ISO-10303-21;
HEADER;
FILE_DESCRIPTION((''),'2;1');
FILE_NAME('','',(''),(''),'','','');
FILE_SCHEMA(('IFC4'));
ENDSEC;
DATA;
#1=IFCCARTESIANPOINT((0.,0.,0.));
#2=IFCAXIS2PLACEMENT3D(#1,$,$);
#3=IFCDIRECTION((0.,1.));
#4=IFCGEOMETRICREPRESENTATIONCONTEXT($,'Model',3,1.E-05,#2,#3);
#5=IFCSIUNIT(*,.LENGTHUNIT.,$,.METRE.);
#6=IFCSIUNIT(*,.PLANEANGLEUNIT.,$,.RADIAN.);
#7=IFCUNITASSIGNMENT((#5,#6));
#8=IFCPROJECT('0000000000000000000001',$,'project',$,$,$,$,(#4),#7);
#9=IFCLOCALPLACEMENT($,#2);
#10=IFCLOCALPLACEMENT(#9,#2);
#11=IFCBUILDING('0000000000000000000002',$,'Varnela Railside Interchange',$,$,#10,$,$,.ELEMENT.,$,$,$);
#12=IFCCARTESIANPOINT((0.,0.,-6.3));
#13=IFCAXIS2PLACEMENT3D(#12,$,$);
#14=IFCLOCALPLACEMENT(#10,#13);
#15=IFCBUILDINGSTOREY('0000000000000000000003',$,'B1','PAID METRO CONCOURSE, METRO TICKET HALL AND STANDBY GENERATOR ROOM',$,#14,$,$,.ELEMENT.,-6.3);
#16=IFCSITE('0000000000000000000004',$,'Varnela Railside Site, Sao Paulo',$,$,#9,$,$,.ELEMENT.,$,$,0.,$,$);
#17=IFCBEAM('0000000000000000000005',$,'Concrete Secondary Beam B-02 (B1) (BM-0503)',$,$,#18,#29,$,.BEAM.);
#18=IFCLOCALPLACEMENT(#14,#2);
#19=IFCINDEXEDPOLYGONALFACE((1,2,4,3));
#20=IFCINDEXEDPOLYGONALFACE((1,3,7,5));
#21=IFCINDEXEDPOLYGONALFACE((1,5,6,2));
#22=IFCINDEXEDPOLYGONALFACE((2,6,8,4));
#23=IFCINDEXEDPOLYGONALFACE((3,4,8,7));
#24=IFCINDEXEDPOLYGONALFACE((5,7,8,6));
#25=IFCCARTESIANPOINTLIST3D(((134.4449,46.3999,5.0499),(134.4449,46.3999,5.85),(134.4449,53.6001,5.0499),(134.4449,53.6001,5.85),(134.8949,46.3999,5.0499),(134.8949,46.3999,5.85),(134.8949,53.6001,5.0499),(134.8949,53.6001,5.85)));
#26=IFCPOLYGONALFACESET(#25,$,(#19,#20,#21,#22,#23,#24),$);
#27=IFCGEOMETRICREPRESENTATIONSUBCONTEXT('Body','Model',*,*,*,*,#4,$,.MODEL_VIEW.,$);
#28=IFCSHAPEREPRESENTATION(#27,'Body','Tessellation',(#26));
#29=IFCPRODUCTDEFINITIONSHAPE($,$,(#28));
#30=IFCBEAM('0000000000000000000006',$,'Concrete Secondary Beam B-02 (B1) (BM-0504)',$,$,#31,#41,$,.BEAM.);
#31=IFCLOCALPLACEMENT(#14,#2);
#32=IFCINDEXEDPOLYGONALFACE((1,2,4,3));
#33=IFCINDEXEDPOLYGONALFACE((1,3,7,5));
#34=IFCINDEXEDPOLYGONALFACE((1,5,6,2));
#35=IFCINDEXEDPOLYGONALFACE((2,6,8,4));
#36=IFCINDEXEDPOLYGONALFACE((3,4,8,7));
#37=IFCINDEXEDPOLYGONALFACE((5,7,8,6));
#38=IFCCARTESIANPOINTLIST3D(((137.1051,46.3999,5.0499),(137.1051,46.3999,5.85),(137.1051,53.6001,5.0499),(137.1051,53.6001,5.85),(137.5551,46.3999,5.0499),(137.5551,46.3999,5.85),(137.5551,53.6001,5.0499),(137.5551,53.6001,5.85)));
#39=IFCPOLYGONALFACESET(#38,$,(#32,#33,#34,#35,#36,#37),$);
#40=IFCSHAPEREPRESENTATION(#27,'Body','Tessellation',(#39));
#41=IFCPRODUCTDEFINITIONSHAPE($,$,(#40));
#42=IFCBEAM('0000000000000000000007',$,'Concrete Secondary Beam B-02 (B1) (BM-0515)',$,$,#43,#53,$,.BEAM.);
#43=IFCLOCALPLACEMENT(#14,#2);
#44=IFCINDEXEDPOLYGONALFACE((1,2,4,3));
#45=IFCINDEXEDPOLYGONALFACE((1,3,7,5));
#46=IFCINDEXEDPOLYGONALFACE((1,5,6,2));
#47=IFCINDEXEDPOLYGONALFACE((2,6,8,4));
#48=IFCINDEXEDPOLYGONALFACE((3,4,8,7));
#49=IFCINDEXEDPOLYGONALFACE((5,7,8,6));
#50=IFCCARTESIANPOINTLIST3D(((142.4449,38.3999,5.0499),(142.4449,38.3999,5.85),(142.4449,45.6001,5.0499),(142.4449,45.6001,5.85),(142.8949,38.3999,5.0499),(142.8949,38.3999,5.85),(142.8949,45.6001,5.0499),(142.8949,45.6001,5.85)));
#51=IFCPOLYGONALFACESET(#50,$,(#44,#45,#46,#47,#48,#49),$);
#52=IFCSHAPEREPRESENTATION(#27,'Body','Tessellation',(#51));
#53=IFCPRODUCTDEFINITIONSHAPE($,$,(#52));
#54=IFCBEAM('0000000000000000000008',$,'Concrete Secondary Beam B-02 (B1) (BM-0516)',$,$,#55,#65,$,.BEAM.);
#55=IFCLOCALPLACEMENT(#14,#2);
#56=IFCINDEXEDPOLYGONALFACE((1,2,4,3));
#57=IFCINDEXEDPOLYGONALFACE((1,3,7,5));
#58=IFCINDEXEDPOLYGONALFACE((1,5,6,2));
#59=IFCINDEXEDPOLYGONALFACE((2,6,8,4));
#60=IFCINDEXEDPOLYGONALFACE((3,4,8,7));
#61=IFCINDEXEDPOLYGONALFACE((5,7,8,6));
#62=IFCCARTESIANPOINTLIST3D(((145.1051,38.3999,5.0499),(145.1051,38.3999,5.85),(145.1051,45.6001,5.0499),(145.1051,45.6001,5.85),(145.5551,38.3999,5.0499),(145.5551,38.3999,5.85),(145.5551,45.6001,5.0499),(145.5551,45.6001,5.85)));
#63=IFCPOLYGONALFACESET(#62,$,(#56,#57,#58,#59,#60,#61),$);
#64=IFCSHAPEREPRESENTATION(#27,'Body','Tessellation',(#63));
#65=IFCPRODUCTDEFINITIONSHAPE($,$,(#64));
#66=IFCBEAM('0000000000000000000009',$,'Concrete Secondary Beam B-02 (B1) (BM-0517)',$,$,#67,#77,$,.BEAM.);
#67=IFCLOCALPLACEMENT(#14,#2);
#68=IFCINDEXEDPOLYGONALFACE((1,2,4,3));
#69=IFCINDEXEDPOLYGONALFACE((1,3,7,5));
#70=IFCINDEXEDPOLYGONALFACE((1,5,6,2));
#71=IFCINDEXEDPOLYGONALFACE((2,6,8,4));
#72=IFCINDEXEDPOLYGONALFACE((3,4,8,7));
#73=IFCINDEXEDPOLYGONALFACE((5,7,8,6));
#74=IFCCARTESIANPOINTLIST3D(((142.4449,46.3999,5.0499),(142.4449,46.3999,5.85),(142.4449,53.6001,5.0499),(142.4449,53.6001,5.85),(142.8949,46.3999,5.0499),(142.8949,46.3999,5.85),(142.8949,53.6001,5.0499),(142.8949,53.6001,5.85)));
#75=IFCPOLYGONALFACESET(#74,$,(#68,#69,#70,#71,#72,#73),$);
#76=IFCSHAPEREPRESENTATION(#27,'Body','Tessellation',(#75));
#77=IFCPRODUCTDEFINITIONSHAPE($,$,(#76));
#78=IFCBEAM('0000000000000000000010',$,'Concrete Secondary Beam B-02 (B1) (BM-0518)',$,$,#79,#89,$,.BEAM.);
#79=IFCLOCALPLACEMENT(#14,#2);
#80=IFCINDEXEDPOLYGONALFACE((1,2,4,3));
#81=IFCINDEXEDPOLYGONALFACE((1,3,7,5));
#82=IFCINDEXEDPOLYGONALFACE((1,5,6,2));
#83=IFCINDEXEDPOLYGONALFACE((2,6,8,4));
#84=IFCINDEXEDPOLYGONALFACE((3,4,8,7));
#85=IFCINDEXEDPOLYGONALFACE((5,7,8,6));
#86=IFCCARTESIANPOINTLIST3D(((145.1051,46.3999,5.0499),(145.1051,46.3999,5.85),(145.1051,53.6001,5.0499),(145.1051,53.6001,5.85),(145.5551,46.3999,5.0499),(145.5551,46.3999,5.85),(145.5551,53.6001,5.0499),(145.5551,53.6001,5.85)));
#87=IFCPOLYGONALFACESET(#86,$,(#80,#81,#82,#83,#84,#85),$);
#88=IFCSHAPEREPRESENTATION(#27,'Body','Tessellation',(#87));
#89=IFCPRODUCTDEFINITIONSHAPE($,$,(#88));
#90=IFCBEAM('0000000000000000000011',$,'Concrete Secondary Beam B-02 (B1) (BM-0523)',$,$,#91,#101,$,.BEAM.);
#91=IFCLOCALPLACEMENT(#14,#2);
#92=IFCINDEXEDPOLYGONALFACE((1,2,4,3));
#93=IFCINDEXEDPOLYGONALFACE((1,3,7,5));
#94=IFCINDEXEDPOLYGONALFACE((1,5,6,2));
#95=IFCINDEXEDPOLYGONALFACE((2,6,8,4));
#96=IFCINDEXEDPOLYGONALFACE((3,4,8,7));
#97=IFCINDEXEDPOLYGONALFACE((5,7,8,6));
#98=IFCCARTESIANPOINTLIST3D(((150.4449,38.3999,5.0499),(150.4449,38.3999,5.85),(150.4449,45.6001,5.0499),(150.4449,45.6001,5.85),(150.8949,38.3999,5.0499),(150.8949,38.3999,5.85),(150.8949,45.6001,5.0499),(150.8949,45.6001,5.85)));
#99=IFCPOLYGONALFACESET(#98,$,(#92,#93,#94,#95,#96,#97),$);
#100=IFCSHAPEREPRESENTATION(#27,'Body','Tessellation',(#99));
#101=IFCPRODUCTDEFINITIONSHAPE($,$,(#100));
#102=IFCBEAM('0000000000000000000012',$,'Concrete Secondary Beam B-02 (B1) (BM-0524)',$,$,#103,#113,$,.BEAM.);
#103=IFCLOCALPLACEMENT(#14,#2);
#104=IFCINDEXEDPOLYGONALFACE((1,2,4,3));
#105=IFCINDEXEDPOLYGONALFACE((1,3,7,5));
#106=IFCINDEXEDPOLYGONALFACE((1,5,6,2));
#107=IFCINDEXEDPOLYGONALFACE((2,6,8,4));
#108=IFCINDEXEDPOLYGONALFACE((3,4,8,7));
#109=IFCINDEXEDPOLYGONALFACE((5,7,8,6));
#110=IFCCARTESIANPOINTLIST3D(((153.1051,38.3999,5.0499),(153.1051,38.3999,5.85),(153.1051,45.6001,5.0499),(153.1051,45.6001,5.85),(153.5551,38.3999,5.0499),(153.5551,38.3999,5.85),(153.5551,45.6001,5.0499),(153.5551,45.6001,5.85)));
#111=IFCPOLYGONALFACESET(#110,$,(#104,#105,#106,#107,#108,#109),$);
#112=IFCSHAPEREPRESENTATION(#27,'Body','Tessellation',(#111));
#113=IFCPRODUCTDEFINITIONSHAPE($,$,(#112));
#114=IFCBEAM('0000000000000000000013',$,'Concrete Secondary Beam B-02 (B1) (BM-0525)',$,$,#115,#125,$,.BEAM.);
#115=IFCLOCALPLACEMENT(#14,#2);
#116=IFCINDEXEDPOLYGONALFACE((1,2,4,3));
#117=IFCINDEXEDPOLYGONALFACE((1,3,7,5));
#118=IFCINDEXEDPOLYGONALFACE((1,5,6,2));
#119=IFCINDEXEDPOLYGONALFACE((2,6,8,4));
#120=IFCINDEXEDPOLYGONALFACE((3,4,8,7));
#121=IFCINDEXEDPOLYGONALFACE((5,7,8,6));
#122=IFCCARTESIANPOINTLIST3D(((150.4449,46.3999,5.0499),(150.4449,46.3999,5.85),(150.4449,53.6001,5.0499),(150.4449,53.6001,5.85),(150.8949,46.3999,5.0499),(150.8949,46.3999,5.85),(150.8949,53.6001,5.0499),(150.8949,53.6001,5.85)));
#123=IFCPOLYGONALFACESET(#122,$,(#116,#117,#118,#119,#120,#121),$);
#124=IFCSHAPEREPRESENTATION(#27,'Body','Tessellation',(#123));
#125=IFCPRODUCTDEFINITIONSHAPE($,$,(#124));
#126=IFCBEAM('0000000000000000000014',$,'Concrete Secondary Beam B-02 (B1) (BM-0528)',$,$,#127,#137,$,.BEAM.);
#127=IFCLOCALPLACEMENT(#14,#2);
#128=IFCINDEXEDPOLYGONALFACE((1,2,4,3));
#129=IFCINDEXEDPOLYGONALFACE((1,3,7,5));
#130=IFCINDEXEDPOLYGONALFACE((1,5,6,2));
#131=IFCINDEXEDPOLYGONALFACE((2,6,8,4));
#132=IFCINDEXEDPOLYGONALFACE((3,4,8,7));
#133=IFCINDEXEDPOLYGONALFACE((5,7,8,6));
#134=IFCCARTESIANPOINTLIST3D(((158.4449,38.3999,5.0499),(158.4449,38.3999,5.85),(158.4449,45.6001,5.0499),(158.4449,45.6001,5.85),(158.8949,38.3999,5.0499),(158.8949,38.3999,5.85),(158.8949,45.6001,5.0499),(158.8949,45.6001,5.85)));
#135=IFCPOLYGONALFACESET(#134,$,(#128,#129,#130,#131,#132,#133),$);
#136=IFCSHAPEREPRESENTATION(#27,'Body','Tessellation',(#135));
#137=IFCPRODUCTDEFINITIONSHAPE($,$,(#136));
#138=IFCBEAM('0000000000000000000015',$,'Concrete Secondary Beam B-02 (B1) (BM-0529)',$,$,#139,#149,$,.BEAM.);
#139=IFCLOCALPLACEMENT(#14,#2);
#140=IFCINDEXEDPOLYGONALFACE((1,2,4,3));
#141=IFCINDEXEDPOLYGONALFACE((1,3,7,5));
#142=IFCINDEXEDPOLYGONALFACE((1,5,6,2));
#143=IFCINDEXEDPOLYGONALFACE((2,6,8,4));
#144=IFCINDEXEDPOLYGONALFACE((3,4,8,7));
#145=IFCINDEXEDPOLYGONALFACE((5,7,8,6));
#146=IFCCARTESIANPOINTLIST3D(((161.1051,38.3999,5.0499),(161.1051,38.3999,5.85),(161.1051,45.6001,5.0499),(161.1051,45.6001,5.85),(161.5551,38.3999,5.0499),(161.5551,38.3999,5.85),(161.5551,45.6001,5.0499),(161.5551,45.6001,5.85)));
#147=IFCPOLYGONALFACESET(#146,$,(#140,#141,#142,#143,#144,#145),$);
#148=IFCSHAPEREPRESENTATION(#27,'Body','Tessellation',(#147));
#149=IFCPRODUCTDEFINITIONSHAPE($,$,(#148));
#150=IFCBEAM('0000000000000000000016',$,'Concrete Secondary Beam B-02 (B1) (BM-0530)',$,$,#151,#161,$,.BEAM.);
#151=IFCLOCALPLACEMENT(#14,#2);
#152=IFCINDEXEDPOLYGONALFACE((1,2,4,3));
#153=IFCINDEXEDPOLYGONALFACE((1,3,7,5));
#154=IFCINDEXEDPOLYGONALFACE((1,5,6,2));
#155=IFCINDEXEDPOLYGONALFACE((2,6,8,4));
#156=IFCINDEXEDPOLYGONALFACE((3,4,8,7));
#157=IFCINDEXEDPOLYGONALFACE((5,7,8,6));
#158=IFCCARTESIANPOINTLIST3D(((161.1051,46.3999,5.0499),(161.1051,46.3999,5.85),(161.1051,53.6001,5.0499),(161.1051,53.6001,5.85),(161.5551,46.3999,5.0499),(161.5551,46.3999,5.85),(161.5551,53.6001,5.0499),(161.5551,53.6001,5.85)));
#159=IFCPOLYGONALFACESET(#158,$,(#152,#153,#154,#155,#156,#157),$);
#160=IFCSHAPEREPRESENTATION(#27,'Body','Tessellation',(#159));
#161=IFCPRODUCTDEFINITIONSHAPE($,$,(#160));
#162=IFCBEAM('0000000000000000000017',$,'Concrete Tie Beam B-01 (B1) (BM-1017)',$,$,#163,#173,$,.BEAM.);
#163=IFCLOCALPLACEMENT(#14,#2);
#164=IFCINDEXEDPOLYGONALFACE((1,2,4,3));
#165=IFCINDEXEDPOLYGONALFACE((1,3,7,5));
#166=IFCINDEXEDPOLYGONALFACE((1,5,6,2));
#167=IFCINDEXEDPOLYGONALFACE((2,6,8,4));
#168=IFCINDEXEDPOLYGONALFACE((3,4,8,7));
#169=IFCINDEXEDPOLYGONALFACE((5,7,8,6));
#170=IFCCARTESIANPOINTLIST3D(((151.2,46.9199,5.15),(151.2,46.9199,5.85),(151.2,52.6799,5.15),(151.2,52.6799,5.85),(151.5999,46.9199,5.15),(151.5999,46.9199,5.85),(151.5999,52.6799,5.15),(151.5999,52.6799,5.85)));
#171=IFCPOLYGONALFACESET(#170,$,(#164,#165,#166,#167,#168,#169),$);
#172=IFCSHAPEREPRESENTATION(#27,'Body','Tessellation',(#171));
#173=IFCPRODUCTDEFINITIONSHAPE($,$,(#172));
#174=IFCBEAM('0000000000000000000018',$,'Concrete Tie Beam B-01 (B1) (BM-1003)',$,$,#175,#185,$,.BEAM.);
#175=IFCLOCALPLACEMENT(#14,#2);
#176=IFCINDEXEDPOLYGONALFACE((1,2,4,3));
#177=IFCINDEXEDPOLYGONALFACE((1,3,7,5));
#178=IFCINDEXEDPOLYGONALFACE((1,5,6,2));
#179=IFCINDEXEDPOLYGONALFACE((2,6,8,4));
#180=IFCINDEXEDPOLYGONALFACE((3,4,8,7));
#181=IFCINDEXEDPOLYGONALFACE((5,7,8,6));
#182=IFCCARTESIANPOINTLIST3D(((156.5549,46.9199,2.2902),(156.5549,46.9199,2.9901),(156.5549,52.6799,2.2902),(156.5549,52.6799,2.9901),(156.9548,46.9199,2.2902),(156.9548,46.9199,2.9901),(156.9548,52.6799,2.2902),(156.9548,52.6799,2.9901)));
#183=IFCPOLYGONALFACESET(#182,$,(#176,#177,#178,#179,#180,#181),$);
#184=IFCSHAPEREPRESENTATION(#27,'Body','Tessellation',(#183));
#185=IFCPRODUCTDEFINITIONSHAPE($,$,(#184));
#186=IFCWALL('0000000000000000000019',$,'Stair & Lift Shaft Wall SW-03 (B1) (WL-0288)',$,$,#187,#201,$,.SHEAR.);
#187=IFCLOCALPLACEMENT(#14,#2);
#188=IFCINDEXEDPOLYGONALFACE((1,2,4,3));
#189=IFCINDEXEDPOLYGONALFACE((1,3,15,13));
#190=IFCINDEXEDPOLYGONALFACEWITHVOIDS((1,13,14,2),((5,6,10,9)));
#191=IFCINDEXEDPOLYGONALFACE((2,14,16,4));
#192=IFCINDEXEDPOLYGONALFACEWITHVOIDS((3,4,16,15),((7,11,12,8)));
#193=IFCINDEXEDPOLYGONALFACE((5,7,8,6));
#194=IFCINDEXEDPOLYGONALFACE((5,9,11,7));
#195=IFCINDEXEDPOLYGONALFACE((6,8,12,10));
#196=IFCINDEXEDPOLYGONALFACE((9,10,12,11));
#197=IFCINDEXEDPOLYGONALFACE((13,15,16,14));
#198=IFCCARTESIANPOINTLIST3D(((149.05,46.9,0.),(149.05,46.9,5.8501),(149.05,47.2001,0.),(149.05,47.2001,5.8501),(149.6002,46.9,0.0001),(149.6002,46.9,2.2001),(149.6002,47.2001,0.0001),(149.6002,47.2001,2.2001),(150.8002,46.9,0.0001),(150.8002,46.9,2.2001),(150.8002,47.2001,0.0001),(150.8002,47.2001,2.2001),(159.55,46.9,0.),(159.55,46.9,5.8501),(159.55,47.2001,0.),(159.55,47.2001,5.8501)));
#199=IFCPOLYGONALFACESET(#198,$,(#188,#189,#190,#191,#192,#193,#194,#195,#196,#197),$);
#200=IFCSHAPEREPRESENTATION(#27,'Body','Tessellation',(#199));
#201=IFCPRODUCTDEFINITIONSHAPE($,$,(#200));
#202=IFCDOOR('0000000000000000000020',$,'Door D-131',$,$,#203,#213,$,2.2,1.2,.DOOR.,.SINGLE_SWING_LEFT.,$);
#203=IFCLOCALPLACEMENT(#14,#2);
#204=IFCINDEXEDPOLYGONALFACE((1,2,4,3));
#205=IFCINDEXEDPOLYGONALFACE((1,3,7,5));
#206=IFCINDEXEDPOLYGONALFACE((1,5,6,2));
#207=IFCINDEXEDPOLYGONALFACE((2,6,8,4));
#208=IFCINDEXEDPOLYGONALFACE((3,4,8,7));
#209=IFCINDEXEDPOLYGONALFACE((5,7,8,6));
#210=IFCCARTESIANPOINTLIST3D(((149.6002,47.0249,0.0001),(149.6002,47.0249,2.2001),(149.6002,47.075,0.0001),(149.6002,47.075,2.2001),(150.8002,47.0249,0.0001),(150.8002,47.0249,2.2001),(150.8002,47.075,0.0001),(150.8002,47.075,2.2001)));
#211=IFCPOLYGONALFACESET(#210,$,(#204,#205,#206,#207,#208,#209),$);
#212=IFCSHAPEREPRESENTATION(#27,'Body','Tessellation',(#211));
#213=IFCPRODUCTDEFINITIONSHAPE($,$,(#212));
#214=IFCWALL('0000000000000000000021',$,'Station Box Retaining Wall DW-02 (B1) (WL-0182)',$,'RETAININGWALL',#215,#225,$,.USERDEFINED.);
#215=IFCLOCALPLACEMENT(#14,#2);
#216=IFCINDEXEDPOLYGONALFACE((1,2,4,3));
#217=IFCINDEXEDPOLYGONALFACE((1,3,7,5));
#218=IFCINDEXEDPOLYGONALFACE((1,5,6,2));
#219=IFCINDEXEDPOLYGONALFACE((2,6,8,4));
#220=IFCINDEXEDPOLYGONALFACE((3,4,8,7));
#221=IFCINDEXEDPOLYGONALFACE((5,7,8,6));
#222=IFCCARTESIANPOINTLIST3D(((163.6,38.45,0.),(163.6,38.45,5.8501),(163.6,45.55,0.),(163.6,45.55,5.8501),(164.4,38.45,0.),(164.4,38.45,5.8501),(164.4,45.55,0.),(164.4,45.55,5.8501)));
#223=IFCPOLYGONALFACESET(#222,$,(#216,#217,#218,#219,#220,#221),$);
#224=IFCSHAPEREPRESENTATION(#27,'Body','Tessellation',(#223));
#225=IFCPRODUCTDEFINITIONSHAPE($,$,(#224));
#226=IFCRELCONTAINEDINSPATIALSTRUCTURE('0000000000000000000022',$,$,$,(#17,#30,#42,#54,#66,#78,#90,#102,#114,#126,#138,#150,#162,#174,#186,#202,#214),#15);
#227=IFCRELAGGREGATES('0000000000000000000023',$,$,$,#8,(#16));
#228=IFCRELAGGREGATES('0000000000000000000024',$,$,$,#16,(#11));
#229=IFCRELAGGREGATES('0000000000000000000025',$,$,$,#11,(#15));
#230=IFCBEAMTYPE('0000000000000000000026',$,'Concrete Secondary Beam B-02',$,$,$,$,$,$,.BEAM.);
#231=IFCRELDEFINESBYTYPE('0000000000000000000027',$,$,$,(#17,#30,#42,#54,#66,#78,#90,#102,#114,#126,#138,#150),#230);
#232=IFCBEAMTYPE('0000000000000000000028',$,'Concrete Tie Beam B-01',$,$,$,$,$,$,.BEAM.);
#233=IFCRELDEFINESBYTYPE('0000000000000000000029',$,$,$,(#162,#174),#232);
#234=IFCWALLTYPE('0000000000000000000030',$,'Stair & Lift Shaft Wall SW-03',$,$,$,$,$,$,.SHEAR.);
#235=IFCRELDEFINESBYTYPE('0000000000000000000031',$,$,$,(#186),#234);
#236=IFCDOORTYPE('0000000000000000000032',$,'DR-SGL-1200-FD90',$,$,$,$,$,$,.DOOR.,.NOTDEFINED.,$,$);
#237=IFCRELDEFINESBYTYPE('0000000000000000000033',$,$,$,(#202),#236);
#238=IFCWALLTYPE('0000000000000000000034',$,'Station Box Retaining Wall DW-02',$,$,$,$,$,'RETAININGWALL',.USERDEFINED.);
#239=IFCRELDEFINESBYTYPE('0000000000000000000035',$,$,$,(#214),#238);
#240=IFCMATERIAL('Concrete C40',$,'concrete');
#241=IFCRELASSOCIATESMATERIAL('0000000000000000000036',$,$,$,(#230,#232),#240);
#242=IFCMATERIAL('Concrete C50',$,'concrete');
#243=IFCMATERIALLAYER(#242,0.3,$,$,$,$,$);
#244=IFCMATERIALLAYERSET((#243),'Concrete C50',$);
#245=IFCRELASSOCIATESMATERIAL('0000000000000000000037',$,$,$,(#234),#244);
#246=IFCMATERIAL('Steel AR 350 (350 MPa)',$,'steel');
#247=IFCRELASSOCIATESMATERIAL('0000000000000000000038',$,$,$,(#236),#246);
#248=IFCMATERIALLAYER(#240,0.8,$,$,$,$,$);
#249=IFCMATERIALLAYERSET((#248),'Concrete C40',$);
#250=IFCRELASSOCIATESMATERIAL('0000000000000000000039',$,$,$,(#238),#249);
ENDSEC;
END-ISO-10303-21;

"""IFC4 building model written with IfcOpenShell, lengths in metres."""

from ifc_helpers import new_model, si_unit, direction, frame, frame_2d, origin, origin_2d, place, context, subcontext, project, spatial, rectangle, extrude, material, layer, layer_set, material_profile, profile_set, type_object, element, fill, save


model = new_model("IFC4")

# Units and contexts
model_context = context("Model", 3, precision=1e-05, world=origin(), true_north=direction((0.0, 1.0)))
body_context = subcontext(model_context, "Body", "Model", "MODEL_VIEW")
ifc_project = project(units=[si_unit("LENGTHUNIT", "METRE"), si_unit("PLANEANGLEUNIT", "RADIAN")], contexts=[model_context])

# Site, building, storey
site_placement = place(None, origin())
site = spatial("IfcSite", under=ifc_project, at=site_placement, Name="Varnela Railside Site, Sao Paulo", CompositionType="ELEMENT", RefElevation=0.0)
building_placement = place(site_placement, origin())
building = spatial("IfcBuilding", under=site, at=building_placement, Name="Varnela Railside Interchange", CompositionType="ELEMENT")
storey_placement = place(building_placement, frame((0.0, 0.0, -6.3)))
storey = spatial("IfcBuildingStorey", under=building, at=storey_placement, Name="B1", Description="PAID METRO CONCOURSE, METRO TICKET HALL AND STANDBY GENERATOR ROOM", CompositionType="ELEMENT", Elevation=-6.3)

# Shared definitions
ifc_material_1 = material(Name="Concrete C50", Category="concrete")

# Beams
ifc_material_2 = material(Name="Concrete C40", Category="concrete")
ifc_material_profile_1 = material_profile(ifc_material_2, rectangle(XDim=0.45, YDim=0.8, at=origin_2d()), Name="RC 450x800")
ifc_profile_set_1 = profile_set([ifc_material_profile_1], Name="Concrete C40")
beam_type_1 = type_object("IfcBeamType", Name="Concrete Secondary Beam B-02", PredefinedType="BEAM", material=ifc_profile_set_1)
for number, where, z_axis, x_axis, name in (
    (1, (134.6699, 46.3999, 5.45), (0.0, 1.0, 0.0), (-1.0, 0.0, 0.0), "Concrete Secondary Beam B-02 (B1) (BM-0503)"),
    (2, (137.3301, 46.3999, 5.45), (0.0, 1.0, 0.0), (-1.0, 0.0, 0.0), "Concrete Secondary Beam B-02 (B1) (BM-0504)"),
    (3, (142.6699, 38.3999, 5.45), (0.0, 1.0, 0.0), (-1.0, 0.0, 0.0), "Concrete Secondary Beam B-02 (B1) (BM-0515)"),
    (4, (145.3301, 38.3999, 5.45), (0.0, 1.0, 0.0), (-1.0, 0.0, 0.0), "Concrete Secondary Beam B-02 (B1) (BM-0516)"),
    (5, (142.6699, 46.3999, 5.45), (0.0, 1.0, 0.0), (-1.0, 0.0, 0.0), "Concrete Secondary Beam B-02 (B1) (BM-0517)"),
    (6, (145.3301, 46.3999, 5.45), (0.0, 1.0, 0.0), (-1.0, 0.0, 0.0), "Concrete Secondary Beam B-02 (B1) (BM-0518)"),
    (7, (150.6699, 38.3999, 5.45), (0.0, 1.0, 0.0), (-1.0, 0.0, 0.0), "Concrete Secondary Beam B-02 (B1) (BM-0523)"),
    (8, (153.3301, 38.3999, 5.45), (0.0, 1.0, 0.0), (-1.0, 0.0, 0.0), "Concrete Secondary Beam B-02 (B1) (BM-0524)"),
    (9, (150.6699, 46.3999, 5.45), (0.0, 1.0, 0.0), (-1.0, 0.0, 0.0), "Concrete Secondary Beam B-02 (B1) (BM-0525)"),
    (10, (158.6699, 38.3999, 5.45), (0.0, 1.0, 0.0), (-1.0, 0.0, 0.0), "Concrete Secondary Beam B-02 (B1) (BM-0528)"),
    (11, (161.3301, 38.3999, 5.45), (0.0, 1.0, 0.0), (-1.0, 0.0, 0.0), "Concrete Secondary Beam B-02 (B1) (BM-0529)"),
    (12, (161.3301, 46.3999, 5.45), (0.0, 1.0, 0.0), (-1.0, 0.0, 0.0), "Concrete Secondary Beam B-02 (B1) (BM-0530)"),
):
    element("IfcBeam", number, at=place(storey_placement, frame(where, z_axis=z_axis, x_axis=x_axis)), inside=storey, type_object=beam_type_1, Name=name, PredefinedType="BEAM", context=body_context, shape_type="SweptSolid", body=[
        extrude(rectangle(XDim=0.45, YDim=0.8, at=origin_2d()), origin(), (0.0, 0.0, 1.0), 7.2002),
    ])
ifc_material_profile_2 = material_profile(ifc_material_2, rectangle(XDim=0.3999, YDim=0.7, at=origin_2d()), Name="RC 400x700")
ifc_profile_set_2 = profile_set([ifc_material_profile_2], Name="Concrete C40")
beam_type_2 = type_object("IfcBeamType", Name="Concrete Tie Beam B-01", PredefinedType="BEAM", material=ifc_profile_set_2)
for number, where, z_axis, x_axis, name in (
    (13, (151.3999, 46.9199, 5.5), (0.0, 1.0, 0.0), (-1.0, 0.0, 0.0), "Concrete Tie Beam B-01 (B1) (BM-1017)"),
    (14, (156.7549, 46.9199, 2.6401), (0.0, 1.0, 0.0), (-1.0, 0.0, 0.0), "Concrete Tie Beam B-01 (B1) (BM-1003)"),
):
    element("IfcBeam", number, at=place(storey_placement, frame(where, z_axis=z_axis, x_axis=x_axis)), inside=storey, type_object=beam_type_2, Name=name, PredefinedType="BEAM", context=body_context, shape_type="SweptSolid", body=[
        extrude(rectangle(XDim=0.3999, YDim=0.7, at=origin_2d()), origin(), (0.0, 0.0, 1.0), 5.76),
    ])

# Wall, opening, door
ifc_layer_1 = layer(ifc_material_1, 0.3)
ifc_layer_set_1 = layer_set([ifc_layer_1], Name="Concrete C50")
wall_type_1 = type_object("IfcWallType", Name="Stair & Lift Shaft Wall SW-03", PredefinedType="SHEAR", material=ifc_layer_set_1)
wall_1_placement = place(storey_placement, frame((149.05, 47.05, 0.0), z_axis=(0.0, 0.0, 1.0), x_axis=(1.0, 0.0, 0.0)))
wall_1 = element("IfcWall", 15, at=wall_1_placement, inside=storey, type_object=wall_type_1, Name="Stair & Lift Shaft Wall SW-03 (B1) (WL-0288)", PredefinedType="SHEAR", context=body_context, shape_type="SweptSolid", body=[
    extrude(rectangle(XDim=10.5, YDim=0.3, at=frame_2d((5.25, 0.0))), origin(), (0.0, 0.0, 1.0), 5.8501),
])
opening_1_placement = place(wall_1_placement, frame((0.55, 0.0, 0.0)))
opening_1 = element("IfcOpeningElement", 16, at=opening_1_placement, cuts=wall_1, PredefinedType="OPENING", context=body_context, shape_type="SweptSolid", body=[
    extrude(rectangle(XDim=1.2, YDim=2.2, at=frame_2d((0.6001, 1.1001))), frame((0.0, 0.1599, 0.0), z_axis=(0.0, -1.0, 0.0), x_axis=(1.0, 0.0, 0.0)), (0.0, 0.0, 1.0), 0.3201),
])
ifc_material_3 = material(Name="Steel AR 350 (350 MPa)", Category="steel")
door_type_1 = type_object("IfcDoorType", Name="DR-SGL-1200-FD90", OperationType="NOTDEFINED", PredefinedType="DOOR", material=ifc_material_3)
door_1_placement = place(opening_1_placement, origin())
door_1 = element("IfcDoor", 17, at=door_1_placement, inside=storey, type_object=door_type_1, Name="Door D-131", OperationType="SINGLE_SWING_LEFT", OverallHeight=2.2, OverallWidth=1.2, PredefinedType="DOOR", context=body_context, shape_type="SweptSolid", body=[
    extrude(rectangle(XDim=1.2, YDim=2.2, at=frame_2d((0.6001, 1.1001))), frame((0.0, 0.0249, 0.0), z_axis=(0.0, -1.0, 0.0), x_axis=(1.0, 0.0, 0.0)), (0.0, 0.0, 1.0), 0.05),
])
fill(opening_1, door_1)

# Wall
ifc_layer_2 = layer(ifc_material_2, 0.8)
ifc_layer_set_2 = layer_set([ifc_layer_2], Name="Concrete C40")
wall_type_2 = type_object("IfcWallType", Name="Station Box Retaining Wall DW-02", ElementType="RETAININGWALL", PredefinedType="USERDEFINED", material=ifc_layer_set_2)
for number, where, z_axis, x_axis, name in (
    (18, (164.0, 38.45, 0.0), (0.0, 0.0, 1.0), (0.0, 1.0, 0.0), "Station Box Retaining Wall DW-02 (B1) (WL-0182)"),
):
    element("IfcWall", number, at=place(storey_placement, frame(where, z_axis=z_axis, x_axis=x_axis)), inside=storey, type_object=wall_type_2, Name=name, ObjectType="RETAININGWALL", PredefinedType="USERDEFINED", context=body_context, shape_type="SweptSolid", body=[
        extrude(rectangle(XDim=7.1001, YDim=0.8, at=frame_2d((3.55, 0.0))), origin(), (0.0, 0.0, 1.0), 5.8501),
    ])

save(model, "model.ifc")
